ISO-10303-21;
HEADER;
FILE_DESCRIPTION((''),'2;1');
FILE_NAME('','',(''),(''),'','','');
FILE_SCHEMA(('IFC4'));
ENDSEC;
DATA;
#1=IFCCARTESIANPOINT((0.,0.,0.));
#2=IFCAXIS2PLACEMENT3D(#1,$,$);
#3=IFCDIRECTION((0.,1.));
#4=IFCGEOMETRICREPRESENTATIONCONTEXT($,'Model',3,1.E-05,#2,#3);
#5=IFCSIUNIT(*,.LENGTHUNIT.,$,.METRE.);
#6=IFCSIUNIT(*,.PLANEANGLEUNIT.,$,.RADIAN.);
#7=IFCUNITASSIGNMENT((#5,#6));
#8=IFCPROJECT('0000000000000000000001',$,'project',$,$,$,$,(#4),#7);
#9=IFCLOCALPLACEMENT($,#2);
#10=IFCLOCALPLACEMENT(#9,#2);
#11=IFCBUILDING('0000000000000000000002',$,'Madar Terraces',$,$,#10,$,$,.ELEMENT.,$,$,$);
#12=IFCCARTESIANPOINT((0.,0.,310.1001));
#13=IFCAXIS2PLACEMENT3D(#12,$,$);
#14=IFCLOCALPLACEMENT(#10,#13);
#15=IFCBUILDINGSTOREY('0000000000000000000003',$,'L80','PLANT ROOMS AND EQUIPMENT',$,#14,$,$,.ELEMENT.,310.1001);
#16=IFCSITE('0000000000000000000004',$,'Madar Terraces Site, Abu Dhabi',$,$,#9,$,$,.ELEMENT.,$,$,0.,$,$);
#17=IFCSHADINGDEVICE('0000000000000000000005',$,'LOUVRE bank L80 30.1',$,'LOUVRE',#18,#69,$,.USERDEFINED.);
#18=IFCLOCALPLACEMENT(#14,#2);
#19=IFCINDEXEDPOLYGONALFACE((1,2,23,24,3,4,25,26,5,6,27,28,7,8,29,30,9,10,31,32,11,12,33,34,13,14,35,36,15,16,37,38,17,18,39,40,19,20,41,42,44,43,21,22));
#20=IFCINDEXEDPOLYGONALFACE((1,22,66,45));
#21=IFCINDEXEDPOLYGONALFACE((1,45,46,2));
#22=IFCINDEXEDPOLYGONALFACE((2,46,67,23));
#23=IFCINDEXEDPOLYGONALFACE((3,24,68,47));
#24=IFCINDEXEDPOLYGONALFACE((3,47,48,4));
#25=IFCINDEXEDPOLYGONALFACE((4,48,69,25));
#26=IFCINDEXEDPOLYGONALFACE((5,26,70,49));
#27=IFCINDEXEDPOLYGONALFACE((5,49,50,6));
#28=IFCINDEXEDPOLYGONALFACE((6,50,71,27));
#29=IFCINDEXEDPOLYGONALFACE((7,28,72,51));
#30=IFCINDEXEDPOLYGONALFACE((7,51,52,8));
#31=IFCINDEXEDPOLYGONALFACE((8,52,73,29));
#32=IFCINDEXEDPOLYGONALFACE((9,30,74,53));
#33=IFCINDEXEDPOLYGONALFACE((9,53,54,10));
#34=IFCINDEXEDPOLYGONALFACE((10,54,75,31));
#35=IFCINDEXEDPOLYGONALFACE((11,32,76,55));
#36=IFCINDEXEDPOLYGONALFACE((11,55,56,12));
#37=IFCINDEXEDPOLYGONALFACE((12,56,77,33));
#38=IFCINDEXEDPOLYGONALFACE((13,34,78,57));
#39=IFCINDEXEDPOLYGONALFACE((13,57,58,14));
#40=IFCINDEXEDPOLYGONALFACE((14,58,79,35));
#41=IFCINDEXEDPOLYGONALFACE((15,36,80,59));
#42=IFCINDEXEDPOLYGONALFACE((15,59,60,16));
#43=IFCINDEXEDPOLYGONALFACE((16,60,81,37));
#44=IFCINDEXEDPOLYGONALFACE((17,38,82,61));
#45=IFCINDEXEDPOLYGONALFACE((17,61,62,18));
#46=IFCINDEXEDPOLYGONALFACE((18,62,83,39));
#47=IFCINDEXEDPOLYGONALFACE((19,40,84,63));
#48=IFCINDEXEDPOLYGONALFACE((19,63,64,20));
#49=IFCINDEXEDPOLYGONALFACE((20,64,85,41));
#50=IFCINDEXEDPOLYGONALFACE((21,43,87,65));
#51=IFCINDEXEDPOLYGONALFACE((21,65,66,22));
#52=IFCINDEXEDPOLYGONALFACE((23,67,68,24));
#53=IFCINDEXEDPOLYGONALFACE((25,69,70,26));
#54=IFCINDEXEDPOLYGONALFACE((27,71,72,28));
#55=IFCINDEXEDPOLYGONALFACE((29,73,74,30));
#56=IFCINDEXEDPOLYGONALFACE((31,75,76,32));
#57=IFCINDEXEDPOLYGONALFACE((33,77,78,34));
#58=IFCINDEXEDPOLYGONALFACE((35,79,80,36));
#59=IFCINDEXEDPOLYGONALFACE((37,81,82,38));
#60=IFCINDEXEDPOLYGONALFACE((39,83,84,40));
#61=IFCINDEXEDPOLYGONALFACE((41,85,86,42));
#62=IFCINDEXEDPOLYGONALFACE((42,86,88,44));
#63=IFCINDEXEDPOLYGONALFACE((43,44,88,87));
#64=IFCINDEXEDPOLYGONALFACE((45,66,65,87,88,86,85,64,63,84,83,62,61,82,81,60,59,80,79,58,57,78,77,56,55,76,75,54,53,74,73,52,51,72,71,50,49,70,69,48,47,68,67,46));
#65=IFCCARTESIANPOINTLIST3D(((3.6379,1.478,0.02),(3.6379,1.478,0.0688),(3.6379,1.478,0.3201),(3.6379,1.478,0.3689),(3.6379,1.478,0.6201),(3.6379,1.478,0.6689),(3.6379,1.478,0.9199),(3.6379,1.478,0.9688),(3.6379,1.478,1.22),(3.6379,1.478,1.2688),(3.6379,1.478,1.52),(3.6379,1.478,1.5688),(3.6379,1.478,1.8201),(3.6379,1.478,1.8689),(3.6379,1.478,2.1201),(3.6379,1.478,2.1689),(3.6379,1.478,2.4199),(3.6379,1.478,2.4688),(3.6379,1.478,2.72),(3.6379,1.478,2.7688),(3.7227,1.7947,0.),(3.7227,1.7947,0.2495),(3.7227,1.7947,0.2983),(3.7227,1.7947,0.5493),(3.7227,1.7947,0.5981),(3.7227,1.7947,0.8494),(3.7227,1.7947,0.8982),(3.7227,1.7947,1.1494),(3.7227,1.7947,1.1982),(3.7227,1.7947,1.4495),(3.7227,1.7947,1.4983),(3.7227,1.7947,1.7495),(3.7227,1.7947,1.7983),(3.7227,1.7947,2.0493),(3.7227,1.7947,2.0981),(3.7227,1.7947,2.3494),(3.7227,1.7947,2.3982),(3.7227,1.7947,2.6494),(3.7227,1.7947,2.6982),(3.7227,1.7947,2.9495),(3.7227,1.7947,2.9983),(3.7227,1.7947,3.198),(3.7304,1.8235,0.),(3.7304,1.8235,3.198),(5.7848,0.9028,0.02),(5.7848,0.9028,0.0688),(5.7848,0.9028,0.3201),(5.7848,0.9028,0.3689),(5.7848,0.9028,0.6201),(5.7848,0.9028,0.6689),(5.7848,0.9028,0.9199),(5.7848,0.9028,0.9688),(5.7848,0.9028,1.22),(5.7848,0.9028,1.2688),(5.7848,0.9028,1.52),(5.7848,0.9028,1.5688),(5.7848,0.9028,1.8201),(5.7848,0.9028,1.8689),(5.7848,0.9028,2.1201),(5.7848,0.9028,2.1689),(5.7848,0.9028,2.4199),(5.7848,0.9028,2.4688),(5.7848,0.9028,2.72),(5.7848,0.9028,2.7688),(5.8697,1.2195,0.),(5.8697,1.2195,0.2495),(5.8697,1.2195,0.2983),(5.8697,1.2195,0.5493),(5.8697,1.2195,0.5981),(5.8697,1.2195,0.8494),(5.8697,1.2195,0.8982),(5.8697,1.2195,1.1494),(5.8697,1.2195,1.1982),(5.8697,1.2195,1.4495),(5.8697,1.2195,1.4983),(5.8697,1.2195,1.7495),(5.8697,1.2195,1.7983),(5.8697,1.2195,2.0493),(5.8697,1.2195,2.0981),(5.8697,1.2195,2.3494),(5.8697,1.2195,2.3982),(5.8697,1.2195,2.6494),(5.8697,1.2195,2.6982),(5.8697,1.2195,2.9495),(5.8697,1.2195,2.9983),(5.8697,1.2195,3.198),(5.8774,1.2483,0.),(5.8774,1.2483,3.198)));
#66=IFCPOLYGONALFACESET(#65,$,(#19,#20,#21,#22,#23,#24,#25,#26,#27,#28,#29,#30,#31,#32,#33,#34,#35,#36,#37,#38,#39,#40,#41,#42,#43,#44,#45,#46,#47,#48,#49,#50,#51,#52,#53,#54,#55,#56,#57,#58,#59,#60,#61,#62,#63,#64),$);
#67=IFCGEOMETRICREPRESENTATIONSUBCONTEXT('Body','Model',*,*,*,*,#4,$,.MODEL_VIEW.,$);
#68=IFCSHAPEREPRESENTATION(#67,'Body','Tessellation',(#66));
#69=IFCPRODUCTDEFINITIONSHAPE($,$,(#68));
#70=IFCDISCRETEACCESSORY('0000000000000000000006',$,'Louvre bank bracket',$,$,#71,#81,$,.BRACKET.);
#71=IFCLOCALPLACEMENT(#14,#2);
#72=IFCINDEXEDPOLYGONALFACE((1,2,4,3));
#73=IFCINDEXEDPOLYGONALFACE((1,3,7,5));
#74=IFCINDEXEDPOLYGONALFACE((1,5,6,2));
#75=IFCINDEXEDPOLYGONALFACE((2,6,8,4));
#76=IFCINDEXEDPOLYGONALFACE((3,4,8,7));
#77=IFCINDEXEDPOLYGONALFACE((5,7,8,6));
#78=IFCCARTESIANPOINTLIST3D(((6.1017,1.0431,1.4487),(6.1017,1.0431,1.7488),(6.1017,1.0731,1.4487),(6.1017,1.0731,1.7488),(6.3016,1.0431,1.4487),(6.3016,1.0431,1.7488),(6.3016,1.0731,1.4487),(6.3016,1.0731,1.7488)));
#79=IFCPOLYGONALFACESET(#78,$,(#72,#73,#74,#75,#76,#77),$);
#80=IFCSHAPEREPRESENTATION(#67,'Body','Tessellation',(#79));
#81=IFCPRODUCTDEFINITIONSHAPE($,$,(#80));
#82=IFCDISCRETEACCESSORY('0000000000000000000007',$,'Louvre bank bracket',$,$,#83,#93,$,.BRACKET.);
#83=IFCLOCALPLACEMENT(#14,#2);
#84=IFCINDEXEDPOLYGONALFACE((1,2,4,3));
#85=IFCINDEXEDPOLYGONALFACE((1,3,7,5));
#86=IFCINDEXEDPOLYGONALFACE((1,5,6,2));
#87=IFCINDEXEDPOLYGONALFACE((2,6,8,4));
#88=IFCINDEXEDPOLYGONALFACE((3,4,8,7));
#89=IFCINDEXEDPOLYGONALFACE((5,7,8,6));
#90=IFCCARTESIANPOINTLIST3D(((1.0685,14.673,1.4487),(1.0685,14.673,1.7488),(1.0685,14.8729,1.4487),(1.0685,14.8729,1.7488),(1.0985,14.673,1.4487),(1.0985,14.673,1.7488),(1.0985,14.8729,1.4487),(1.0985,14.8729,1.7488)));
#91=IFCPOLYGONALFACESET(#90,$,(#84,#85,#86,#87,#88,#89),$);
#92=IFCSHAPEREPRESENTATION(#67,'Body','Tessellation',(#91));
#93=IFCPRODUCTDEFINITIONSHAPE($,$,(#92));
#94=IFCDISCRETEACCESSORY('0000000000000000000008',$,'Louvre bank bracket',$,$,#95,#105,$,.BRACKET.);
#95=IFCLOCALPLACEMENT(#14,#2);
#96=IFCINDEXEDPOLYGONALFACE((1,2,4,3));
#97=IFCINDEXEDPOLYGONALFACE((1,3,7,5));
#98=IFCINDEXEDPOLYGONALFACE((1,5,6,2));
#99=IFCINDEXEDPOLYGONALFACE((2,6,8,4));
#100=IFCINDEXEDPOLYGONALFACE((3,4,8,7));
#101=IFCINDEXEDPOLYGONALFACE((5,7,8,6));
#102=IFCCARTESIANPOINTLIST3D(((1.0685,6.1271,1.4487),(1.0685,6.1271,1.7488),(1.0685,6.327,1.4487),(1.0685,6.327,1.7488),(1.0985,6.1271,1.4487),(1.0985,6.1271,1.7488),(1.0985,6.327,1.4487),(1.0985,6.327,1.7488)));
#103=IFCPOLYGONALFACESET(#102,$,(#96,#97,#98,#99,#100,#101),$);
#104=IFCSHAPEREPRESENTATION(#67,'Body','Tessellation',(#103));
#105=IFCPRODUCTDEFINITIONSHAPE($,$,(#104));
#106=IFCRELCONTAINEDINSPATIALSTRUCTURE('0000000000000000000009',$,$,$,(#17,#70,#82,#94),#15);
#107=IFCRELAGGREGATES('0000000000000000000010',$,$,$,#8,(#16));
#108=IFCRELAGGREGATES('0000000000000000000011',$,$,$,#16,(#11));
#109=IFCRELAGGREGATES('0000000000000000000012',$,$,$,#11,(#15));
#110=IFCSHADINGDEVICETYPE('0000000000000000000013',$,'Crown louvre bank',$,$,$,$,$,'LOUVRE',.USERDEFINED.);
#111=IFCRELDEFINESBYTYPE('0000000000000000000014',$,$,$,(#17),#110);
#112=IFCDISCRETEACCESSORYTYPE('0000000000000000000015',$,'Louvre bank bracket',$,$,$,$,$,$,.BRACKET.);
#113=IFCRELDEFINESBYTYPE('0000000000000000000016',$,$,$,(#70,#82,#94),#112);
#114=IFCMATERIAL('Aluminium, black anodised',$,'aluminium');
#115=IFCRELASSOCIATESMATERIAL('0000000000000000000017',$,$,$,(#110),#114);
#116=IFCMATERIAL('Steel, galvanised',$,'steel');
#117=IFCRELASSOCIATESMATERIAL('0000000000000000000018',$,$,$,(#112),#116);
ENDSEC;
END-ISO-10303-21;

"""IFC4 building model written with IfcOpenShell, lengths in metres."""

from ifc_helpers import new_model, si_unit, direction, frame, origin, origin_2d, place, context, subcontext, project, spatial, polyline, rectangle, outline, extrude, material, type_object, element, save


model = new_model("IFC4")

# Units and contexts
model_context = context("Model", 3, precision=1e-05, world=origin(), true_north=direction((0.0, 1.0)))
body_context = subcontext(model_context, "Body", "Model", "MODEL_VIEW")
ifc_project = project(units=[si_unit("LENGTHUNIT", "METRE"), si_unit("PLANEANGLEUNIT", "RADIAN")], contexts=[model_context])

# Site, building, storey
site_placement = place(None, origin())
site = spatial("IfcSite", under=ifc_project, at=site_placement, Name="Madar Terraces Site, Abu Dhabi", CompositionType="ELEMENT", RefElevation=0.0)
building_placement = place(site_placement, origin())
building = spatial("IfcBuilding", under=site, at=building_placement, Name="Madar Terraces", CompositionType="ELEMENT")
storey_placement = place(building_placement, frame((0.0, 0.0, 310.1001)))
storey = spatial("IfcBuildingStorey", under=building, at=storey_placement, Name="L80", Description="PLANT ROOMS AND EQUIPMENT", CompositionType="ELEMENT", Elevation=310.1001)

# Shading device
ifc_material_1 = material(Name="Aluminium, black anodised", Category="aluminium")
shading_device_type = type_object("IfcShadingDeviceType", Name="Crown louvre bank", ElementType="LOUVRE", PredefinedType="USERDEFINED", material=ifc_material_1)
shading_device_1_placement = place(storey_placement, frame((3.7266, 1.8091, 0.0), z_axis=(0.965935, -0.258784, 0.0), x_axis=(0.258784, 0.965935, 0.0)))
element("IfcShadingDevice", 1, at=shading_device_1_placement, inside=storey, type_object=shading_device_type, Name="LOUVRE bank L80 30.1", ObjectType="LOUVRE", PredefinedType="USERDEFINED", context=body_context, shape_type="SweptSolid", body=[
    extrude(outline(polyline([(0.0149, 0.0), (-0.0149, 0.0), (-0.0149, 0.2495), (-0.3428, 0.02), (-0.3428, 0.0688), (-0.0149, 0.2983), (-0.0149, 0.5493), (-0.3428, 0.3201), (-0.3428, 0.3689), (-0.0149, 0.5981), (-0.0149, 0.8494), (-0.3428, 0.6201), (-0.3428, 0.6689), (-0.0149, 0.8982), (-0.0149, 1.1494), (-0.3428, 0.9199), (-0.3428, 0.9688), (-0.0149, 1.1982), (-0.0149, 1.4495), (-0.3428, 1.22), (-0.3428, 1.2688), (-0.0149, 1.4983), (-0.0149, 1.7495), (-0.3428, 1.52), (-0.3428, 1.5688), (-0.0149, 1.7983), (-0.0149, 2.0493), (-0.3428, 1.8201), (-0.3428, 1.8689), (-0.0149, 2.0981), (-0.0149, 2.3494), (-0.3428, 2.1201), (-0.3428, 2.1689), (-0.0149, 2.3982), (-0.0149, 2.6494), (-0.3428, 2.4199), (-0.3428, 2.4688), (-0.0149, 2.6982), (-0.0149, 2.9495), (-0.3428, 2.72), (-0.3428, 2.7688), (-0.0149, 2.9983), (-0.0149, 3.198), (0.0149, 3.198), (0.0149, 0.0)])), origin(), (0.0, 0.0, 1.0), 2.2227),
])

# Discrete accessories
ifc_material_2 = material(Name="Steel, galvanised", Category="steel")
discrete_accessory_type = type_object("IfcDiscreteAccessoryType", Name="Louvre bank bracket", PredefinedType="BRACKET", material=ifc_material_2)
for number, where, z_axis, x_axis, name in (
    (2, (6.2017, 1.0581, 1.4487), (0.0, 0.0, 1.0), (1.0, 0.0, 0.0), "Louvre bank bracket"),
    (3, (1.0835, 14.7729, 1.4487), (0.0, 0.0, 1.0), (0.0, -1.0, 0.0), "Louvre bank bracket"),
    (4, (1.0835, 6.2271, 1.4487), (0.0, 0.0, 1.0), (0.0, -1.0, 0.0), "Louvre bank bracket"),
):
    element("IfcDiscreteAccessory", number, at=place(storey_placement, frame(where, z_axis=z_axis, x_axis=x_axis)), inside=storey, type_object=discrete_accessory_type, Name=name, PredefinedType="BRACKET", context=body_context, shape_type="SweptSolid", body=[
        extrude(rectangle(XDim=0.2, YDim=0.03, at=origin_2d()), origin(), (0.0, 0.0, 1.0), 0.3),
    ])

save(model, "model.ifc")
